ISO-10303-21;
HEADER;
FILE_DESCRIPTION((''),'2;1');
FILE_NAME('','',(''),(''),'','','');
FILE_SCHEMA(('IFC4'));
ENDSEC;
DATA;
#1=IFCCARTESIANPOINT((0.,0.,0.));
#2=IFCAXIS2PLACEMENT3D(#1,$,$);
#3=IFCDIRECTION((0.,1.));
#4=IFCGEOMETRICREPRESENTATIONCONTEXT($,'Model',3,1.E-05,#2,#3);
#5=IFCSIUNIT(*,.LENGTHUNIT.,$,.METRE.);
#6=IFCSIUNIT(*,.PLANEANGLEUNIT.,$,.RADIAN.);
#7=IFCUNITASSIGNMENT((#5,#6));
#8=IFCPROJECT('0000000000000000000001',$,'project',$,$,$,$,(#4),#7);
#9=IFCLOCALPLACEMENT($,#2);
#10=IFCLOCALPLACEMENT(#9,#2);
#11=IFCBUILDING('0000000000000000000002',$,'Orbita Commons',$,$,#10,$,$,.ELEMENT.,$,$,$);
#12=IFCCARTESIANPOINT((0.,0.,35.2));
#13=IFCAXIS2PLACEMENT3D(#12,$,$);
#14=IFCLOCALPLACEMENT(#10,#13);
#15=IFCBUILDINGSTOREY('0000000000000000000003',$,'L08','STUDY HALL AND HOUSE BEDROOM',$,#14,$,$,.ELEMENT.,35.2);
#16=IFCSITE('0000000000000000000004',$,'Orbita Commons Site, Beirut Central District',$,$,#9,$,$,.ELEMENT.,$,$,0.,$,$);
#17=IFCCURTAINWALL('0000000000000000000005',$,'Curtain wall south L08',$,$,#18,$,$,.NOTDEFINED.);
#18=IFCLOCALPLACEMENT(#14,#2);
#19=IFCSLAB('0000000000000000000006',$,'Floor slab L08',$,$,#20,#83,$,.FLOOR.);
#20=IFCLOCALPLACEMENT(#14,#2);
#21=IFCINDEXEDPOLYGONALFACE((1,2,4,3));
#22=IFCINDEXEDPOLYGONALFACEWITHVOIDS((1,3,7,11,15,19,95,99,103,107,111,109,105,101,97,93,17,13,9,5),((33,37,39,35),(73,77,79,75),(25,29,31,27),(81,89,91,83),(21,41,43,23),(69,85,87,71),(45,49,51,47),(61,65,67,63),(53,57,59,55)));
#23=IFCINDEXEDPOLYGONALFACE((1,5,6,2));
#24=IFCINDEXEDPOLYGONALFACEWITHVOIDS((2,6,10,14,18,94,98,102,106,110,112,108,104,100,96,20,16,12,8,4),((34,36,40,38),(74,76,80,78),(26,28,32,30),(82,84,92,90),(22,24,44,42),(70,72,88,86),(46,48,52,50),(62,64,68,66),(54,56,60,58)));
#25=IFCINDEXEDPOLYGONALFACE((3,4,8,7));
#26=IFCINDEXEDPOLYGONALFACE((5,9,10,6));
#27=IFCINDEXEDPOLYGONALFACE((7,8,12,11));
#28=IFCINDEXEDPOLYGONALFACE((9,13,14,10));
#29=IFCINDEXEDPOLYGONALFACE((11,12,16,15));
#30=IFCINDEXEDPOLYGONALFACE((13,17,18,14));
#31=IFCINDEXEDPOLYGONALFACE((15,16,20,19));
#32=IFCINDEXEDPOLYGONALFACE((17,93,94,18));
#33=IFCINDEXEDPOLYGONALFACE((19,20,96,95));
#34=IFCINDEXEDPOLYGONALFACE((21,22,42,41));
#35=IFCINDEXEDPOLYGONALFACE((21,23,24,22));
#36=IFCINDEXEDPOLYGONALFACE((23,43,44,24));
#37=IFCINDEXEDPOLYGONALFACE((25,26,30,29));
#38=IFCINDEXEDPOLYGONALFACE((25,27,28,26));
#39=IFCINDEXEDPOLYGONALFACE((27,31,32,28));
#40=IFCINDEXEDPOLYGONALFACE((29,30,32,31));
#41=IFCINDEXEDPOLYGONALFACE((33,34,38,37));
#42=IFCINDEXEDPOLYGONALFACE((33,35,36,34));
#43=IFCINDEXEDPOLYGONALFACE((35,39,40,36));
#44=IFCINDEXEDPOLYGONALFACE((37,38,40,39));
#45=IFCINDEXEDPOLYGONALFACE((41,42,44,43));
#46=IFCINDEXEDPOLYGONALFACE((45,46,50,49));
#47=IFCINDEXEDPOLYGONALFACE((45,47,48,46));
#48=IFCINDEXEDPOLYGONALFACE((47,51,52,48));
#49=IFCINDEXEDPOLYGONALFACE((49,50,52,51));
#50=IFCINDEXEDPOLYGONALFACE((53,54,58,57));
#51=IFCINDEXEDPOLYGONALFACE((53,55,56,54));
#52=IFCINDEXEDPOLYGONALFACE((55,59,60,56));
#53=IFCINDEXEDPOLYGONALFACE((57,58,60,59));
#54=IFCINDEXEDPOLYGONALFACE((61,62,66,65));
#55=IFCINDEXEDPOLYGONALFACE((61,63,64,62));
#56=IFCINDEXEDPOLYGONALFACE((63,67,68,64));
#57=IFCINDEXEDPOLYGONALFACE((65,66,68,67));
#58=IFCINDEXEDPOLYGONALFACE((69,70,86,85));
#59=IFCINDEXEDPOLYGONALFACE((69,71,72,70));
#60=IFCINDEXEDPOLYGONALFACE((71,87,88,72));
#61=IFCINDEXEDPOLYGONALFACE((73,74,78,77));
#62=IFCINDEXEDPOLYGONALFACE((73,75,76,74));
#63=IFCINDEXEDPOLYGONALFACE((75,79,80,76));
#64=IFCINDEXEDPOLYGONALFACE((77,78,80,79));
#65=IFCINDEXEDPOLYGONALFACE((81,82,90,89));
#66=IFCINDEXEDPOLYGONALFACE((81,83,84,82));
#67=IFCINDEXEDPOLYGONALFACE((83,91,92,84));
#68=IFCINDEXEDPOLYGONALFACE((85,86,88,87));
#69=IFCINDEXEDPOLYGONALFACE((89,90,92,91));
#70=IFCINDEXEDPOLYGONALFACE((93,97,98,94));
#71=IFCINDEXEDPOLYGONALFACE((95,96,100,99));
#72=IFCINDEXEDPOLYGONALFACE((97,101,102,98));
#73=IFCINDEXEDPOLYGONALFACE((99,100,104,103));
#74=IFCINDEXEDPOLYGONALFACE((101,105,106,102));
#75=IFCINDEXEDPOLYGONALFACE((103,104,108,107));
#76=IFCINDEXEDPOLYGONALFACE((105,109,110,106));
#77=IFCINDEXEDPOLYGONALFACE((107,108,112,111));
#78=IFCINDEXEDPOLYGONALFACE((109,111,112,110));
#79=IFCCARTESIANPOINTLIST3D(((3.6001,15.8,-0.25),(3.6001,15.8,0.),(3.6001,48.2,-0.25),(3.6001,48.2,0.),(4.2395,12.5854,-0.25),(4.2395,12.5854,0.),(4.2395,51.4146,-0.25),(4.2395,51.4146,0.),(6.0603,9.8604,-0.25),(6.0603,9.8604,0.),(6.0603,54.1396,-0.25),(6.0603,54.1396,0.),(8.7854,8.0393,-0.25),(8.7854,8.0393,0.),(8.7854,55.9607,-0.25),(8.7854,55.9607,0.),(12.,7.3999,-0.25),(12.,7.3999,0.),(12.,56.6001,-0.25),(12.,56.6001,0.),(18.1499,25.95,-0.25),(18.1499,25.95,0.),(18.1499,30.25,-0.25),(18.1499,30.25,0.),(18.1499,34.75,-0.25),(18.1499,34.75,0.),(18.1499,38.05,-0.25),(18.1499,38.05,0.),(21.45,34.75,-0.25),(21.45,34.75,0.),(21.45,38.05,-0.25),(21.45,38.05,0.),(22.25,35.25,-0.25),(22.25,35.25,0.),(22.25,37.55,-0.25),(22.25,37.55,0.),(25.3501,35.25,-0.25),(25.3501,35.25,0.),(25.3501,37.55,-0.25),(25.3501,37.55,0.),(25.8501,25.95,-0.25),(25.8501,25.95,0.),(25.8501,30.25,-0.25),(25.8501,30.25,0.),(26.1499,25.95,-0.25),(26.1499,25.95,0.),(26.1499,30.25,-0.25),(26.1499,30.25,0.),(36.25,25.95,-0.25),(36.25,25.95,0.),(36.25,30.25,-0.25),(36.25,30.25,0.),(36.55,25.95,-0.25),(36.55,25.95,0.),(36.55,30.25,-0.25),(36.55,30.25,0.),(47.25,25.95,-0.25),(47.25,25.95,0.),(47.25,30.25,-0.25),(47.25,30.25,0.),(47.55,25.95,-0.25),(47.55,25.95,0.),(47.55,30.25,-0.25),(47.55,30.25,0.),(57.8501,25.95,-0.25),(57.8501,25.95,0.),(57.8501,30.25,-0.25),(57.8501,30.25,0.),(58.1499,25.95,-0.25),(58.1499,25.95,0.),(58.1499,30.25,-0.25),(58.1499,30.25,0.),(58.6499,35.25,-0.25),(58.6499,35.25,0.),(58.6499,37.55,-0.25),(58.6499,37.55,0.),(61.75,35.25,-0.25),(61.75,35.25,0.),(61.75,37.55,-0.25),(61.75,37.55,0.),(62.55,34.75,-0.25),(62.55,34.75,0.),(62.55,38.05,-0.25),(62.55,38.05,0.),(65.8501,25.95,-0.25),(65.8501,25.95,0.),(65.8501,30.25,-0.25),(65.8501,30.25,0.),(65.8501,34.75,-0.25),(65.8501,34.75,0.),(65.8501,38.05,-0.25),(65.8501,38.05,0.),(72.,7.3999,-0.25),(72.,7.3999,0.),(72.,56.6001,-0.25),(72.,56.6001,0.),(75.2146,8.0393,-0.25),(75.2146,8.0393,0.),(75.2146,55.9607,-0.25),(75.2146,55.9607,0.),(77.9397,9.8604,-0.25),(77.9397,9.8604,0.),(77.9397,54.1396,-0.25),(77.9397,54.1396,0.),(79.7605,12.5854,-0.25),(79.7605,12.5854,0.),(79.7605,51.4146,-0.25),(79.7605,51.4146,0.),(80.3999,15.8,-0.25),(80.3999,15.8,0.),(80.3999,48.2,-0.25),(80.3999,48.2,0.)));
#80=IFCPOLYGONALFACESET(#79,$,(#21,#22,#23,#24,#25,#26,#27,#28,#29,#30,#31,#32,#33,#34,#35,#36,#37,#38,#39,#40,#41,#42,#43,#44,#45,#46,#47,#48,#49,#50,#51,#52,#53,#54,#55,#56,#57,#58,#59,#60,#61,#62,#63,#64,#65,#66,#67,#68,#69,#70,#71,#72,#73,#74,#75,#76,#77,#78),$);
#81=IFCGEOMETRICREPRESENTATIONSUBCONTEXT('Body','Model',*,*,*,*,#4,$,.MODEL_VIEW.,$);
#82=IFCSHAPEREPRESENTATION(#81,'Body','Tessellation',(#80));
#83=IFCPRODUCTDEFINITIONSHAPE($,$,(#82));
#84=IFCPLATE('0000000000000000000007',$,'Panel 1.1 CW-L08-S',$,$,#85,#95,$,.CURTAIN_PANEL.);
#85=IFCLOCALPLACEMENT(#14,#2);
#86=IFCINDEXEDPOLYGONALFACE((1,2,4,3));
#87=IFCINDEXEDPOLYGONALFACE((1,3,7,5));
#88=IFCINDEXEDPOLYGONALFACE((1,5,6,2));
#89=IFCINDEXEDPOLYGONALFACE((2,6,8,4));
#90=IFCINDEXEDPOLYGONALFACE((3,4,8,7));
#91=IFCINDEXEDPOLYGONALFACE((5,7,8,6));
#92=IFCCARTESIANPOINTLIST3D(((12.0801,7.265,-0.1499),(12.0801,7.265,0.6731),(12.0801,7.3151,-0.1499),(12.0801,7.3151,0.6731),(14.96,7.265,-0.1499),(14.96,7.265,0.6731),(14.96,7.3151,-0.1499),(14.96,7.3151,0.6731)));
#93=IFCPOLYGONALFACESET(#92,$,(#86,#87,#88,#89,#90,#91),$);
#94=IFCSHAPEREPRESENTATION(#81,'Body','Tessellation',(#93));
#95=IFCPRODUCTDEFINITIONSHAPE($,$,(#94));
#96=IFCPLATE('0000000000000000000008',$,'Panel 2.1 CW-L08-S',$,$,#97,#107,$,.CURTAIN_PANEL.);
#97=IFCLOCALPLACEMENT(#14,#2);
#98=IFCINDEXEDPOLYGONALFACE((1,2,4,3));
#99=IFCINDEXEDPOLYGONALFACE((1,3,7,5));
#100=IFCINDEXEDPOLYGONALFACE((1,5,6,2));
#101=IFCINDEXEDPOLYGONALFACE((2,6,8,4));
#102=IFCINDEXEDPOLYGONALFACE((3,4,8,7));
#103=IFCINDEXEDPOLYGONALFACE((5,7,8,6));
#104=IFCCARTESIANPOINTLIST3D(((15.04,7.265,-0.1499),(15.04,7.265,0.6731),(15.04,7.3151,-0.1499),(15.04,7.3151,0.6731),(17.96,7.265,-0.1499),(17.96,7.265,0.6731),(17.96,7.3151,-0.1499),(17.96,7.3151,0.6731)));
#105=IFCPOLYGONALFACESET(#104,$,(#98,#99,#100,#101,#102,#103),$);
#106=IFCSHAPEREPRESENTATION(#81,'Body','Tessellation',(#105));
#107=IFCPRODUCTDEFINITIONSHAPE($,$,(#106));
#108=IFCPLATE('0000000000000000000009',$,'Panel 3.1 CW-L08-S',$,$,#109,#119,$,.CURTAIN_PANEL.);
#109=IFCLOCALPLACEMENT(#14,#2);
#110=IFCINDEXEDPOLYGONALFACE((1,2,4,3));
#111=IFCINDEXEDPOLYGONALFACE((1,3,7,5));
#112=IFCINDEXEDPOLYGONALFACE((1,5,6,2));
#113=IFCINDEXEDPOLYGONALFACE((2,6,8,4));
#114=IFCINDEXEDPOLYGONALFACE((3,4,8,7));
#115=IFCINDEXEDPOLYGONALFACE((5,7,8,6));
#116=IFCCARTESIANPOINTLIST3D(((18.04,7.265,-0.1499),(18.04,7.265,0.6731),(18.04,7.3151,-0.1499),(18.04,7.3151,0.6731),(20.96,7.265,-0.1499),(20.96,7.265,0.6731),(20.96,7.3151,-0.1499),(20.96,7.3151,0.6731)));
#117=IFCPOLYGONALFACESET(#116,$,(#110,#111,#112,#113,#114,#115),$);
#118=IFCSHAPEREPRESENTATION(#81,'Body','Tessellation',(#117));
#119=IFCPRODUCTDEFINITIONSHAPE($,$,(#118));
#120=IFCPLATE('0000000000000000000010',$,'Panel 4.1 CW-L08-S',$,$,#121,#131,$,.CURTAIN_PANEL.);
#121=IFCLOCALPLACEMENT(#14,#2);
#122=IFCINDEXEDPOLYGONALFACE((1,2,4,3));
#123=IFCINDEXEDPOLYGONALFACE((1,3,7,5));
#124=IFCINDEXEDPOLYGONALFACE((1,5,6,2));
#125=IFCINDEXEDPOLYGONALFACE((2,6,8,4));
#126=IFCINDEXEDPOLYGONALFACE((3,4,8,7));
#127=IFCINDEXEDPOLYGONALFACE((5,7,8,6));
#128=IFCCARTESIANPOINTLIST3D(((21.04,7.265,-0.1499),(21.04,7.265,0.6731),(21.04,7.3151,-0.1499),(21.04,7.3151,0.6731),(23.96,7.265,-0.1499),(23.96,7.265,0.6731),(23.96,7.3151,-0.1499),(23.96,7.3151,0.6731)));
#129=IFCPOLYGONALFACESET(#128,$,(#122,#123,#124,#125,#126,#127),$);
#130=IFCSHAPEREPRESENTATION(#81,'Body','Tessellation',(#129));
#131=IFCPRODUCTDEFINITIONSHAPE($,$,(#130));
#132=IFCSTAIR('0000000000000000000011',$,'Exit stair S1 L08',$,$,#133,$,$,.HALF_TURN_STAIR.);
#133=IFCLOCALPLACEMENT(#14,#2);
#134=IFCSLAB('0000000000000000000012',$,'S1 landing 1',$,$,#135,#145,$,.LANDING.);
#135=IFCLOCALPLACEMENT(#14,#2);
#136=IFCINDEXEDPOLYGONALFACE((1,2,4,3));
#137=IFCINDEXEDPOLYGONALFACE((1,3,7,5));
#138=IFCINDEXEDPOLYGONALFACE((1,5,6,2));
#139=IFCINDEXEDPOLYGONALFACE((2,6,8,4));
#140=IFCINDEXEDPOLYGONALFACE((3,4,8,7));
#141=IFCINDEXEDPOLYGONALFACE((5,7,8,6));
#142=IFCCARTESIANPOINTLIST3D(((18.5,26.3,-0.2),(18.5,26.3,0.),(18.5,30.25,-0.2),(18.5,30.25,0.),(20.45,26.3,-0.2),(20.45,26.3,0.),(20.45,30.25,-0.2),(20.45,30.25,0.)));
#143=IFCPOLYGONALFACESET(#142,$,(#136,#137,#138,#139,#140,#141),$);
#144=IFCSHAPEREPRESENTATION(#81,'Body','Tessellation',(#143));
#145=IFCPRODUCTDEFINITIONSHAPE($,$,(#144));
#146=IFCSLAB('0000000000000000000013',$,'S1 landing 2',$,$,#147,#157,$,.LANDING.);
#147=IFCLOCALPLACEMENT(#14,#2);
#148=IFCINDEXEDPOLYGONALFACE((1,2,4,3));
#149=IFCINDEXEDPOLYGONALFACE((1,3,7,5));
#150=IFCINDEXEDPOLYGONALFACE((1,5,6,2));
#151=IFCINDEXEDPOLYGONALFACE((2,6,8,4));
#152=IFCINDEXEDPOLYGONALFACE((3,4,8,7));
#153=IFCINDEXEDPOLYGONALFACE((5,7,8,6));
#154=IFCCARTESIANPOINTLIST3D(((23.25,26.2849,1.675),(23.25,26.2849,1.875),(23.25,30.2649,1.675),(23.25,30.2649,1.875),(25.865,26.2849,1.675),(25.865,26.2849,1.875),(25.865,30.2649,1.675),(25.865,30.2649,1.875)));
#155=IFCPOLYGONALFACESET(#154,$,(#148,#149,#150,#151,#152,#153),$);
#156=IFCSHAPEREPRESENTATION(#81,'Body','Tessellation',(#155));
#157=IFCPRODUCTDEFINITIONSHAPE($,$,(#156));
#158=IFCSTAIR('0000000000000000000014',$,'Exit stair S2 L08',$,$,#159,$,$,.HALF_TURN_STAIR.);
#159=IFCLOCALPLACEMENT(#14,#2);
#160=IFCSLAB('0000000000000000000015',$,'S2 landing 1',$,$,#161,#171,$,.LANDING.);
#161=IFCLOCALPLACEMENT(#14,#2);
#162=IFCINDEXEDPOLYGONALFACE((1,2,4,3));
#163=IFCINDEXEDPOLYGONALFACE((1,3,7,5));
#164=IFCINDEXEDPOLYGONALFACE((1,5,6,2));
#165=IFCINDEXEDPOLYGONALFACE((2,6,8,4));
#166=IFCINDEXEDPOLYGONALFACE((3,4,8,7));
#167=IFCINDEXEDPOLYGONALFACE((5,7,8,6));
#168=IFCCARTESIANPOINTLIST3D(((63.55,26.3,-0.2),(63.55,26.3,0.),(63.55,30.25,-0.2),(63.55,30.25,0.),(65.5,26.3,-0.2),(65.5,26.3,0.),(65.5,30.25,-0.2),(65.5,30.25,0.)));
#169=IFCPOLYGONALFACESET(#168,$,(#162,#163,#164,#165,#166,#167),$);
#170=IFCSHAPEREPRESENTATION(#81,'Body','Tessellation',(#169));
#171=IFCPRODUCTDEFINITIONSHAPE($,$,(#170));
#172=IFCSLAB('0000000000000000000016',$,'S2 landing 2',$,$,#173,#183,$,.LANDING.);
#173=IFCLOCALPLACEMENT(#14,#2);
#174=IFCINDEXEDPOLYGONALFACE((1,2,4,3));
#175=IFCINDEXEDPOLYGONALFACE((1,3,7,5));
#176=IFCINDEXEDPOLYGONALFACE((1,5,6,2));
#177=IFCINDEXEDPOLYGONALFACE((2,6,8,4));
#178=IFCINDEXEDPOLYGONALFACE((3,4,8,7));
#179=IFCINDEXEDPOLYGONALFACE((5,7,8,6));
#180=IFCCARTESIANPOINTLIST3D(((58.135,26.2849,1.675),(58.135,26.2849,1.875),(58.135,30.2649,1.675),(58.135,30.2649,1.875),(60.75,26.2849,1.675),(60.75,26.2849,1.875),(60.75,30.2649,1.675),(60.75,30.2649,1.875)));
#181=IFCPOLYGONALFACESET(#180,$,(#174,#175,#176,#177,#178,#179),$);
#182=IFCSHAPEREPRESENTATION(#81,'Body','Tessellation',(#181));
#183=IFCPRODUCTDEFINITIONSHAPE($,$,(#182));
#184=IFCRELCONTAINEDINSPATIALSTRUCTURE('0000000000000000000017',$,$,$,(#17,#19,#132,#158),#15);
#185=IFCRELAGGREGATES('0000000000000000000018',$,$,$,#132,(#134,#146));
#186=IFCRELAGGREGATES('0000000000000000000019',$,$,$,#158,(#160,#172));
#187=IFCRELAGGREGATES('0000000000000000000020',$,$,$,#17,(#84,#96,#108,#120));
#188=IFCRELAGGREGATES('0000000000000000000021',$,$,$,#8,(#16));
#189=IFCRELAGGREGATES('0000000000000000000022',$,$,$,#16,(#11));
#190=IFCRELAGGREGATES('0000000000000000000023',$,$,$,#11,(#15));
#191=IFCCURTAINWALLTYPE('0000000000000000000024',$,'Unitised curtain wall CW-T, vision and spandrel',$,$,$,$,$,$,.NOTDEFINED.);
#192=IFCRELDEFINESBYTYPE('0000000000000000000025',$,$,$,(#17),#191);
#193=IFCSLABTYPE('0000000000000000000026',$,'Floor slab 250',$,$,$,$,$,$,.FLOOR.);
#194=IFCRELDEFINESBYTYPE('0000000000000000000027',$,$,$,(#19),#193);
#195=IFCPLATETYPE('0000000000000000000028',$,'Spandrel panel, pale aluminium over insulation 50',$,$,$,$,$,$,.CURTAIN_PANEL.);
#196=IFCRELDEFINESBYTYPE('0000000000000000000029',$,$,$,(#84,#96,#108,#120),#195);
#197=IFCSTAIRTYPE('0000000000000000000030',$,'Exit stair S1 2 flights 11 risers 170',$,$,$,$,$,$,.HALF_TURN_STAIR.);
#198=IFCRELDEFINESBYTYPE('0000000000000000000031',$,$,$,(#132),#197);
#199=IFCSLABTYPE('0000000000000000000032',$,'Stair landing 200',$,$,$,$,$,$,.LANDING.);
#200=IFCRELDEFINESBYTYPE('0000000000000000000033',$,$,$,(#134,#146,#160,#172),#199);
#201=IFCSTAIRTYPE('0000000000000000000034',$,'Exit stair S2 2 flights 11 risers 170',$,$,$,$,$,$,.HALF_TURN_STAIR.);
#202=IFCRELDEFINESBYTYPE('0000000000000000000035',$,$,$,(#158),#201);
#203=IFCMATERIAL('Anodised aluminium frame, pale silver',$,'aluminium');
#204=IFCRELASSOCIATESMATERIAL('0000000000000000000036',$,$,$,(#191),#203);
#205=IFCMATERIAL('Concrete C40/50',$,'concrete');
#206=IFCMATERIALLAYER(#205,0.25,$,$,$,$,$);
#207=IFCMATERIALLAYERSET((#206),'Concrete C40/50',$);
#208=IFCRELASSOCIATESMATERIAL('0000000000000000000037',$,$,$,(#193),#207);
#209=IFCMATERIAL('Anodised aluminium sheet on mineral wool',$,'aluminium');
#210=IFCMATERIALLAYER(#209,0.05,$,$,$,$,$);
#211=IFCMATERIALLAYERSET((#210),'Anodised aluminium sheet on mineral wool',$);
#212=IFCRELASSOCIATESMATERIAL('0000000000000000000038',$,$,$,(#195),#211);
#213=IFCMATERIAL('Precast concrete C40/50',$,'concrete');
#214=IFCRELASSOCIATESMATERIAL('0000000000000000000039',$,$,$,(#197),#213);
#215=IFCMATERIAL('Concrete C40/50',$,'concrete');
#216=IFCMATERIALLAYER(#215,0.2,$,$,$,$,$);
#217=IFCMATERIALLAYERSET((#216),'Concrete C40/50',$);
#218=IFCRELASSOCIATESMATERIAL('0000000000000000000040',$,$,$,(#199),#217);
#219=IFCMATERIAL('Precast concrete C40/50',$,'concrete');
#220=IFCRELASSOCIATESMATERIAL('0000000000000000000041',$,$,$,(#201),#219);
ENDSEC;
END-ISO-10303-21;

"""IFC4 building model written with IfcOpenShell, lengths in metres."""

from ifc_helpers import new_model, si_unit, direction, frame, origin, origin_2d, place, context, subcontext, project, spatial, polyline, rectangle, outline, extrude, material, layer, layer_set, type_object, element, aggregate, save


model = new_model("IFC4")

# Units and contexts
model_context = context("Model", 3, precision=1e-05, world=origin(), true_north=direction((0.0, 1.0)))
body_context = subcontext(model_context, "Body", "Model", "MODEL_VIEW")
ifc_project = project(units=[si_unit("LENGTHUNIT", "METRE"), si_unit("PLANEANGLEUNIT", "RADIAN")], contexts=[model_context])

# Site, building, storey
site_placement = place(None, origin())
site = spatial("IfcSite", under=ifc_project, at=site_placement, Name="Orbita Commons Site, Beirut Central District", CompositionType="ELEMENT", RefElevation=0.0)
building_placement = place(site_placement, origin())
building = spatial("IfcBuilding", under=site, at=building_placement, Name="Orbita Commons", CompositionType="ELEMENT")
storey_placement = place(building_placement, frame((0.0, 0.0, 35.2)))
storey = spatial("IfcBuildingStorey", under=building, at=storey_placement, Name="L08", Description="STUDY HALL AND HOUSE BEDROOM", CompositionType="ELEMENT", Elevation=35.2)

# Curtain wall
ifc_material_1 = material(Name="Anodised aluminium frame, pale silver", Category="aluminium")
curtain_wall_type = type_object("IfcCurtainWallType", Name="Unitised curtain wall CW-T, vision and spandrel", PredefinedType="NOTDEFINED", material=ifc_material_1)
curtain_wall_placement = place(storey_placement, origin())
curtain_wall = element("IfcCurtainWall", 1, at=curtain_wall_placement, inside=storey, type_object=curtain_wall_type, Name="Curtain wall south L08", PredefinedType="NOTDEFINED")

# Slab
ifc_material_2 = material(Name="Concrete C40/50", Category="concrete")
ifc_layer_1 = layer(ifc_material_2, 0.25)
ifc_layer_set_1 = layer_set([ifc_layer_1], Name="Concrete C40/50")
slab_type_1 = type_object("IfcSlabType", Name="Floor slab 250", PredefinedType="FLOOR", material=ifc_layer_set_1)
slab_1_placement = place(storey_placement, frame((0.0, 0.0, -0.25)))
element("IfcSlab", 2, at=slab_1_placement, inside=storey, type_object=slab_type_1, Name="Floor slab L08", PredefinedType="FLOOR", context=body_context, shape_type="SweptSolid", body=[
    extrude(outline(polyline([(72.0, 7.3999), (75.2146, 8.0393), (77.9397, 9.8604), (79.7605, 12.5854), (80.3999, 15.8), (80.3999, 48.2), (79.7605, 51.4146), (77.9397, 54.1396), (75.2146, 55.9607), (72.0, 56.6001), (12.0, 56.6001), (8.7854, 55.9607), (6.0603, 54.1396), (4.2395, 51.4146), (3.6001, 48.2), (3.6001, 15.8), (4.2395, 12.5854), (6.0603, 9.8604), (8.7854, 8.0393), (12.0, 7.3999), (72.0, 7.3999)]), holes=[polyline([(18.1499, 25.95), (25.8501, 25.95), (25.8501, 30.25), (18.1499, 30.25), (18.1499, 25.95)]), polyline([(58.1499, 25.95), (65.8501, 25.95), (65.8501, 30.25), (58.1499, 30.25), (58.1499, 25.95)]), polyline([(18.1499, 34.75), (21.45, 34.75), (21.45, 38.05), (18.1499, 38.05), (18.1499, 34.75)]), polyline([(62.55, 34.75), (65.8501, 34.75), (65.8501, 38.05), (62.55, 38.05), (62.55, 34.75)]), polyline([(22.25, 35.25), (25.3501, 35.25), (25.3501, 37.55), (22.25, 37.55), (22.25, 35.25)]), polyline([(58.6499, 35.25), (61.75, 35.25), (61.75, 37.55), (58.6499, 37.55), (58.6499, 35.25)]), polyline([(26.1499, 25.95), (36.25, 25.95), (36.25, 30.25), (26.1499, 30.25), (26.1499, 25.95)]), polyline([(36.55, 25.95), (47.25, 25.95), (47.25, 30.25), (36.55, 30.25), (36.55, 25.95)]), polyline([(47.55, 25.95), (57.8501, 25.95), (57.8501, 30.25), (47.55, 30.25), (47.55, 25.95)])]), origin(), (0.0, 0.0, 1.0), 0.25),
])

# Plates
ifc_material_3 = material(Name="Anodised aluminium sheet on mineral wool", Category="aluminium")
ifc_layer_2 = layer(ifc_material_3, 0.05)
ifc_layer_set_2 = layer_set([ifc_layer_2], Name="Anodised aluminium sheet on mineral wool")
plate_type_1 = type_object("IfcPlateType", Name="Spandrel panel, pale aluminium over insulation 50", PredefinedType="CURTAIN_PANEL", material=ifc_layer_set_2)
plate_1_placement = place(storey_placement, frame((13.52, 7.29, -0.1499), z_axis=(0.0, 0.0, 1.0), x_axis=(1.0, 0.0, 0.0)))
plate_1 = element("IfcPlate", 3, at=plate_1_placement, type_object=plate_type_1, Name="Panel 1.1 CW-L08-S", PredefinedType="CURTAIN_PANEL", context=body_context, shape_type="SweptSolid", body=[
    extrude(rectangle(XDim=2.8799, YDim=0.05, at=origin_2d()), origin(), (0.0, 0.0, 1.0), 0.823),
])
plate_2_placement = place(storey_placement, frame((16.5, 7.29, -0.1499), z_axis=(0.0, 0.0, 1.0), x_axis=(1.0, 0.0, 0.0)))
plate_2 = element("IfcPlate", 4, at=plate_2_placement, type_object=plate_type_1, Name="Panel 2.1 CW-L08-S", PredefinedType="CURTAIN_PANEL", context=body_context, shape_type="SweptSolid", body=[
    extrude(rectangle(XDim=2.9199, YDim=0.05, at=origin_2d()), origin(), (0.0, 0.0, 1.0), 0.823),
])
plate_3_placement = place(storey_placement, frame((19.5, 7.29, -0.1499), z_axis=(0.0, 0.0, 1.0), x_axis=(1.0, 0.0, 0.0)))
plate_3 = element("IfcPlate", 5, at=plate_3_placement, type_object=plate_type_1, Name="Panel 3.1 CW-L08-S", PredefinedType="CURTAIN_PANEL", context=body_context, shape_type="SweptSolid", body=[
    extrude(rectangle(XDim=2.9199, YDim=0.05, at=origin_2d()), origin(), (0.0, 0.0, 1.0), 0.823),
])
plate_4_placement = place(storey_placement, frame((22.5, 7.29, -0.1499), z_axis=(0.0, 0.0, 1.0), x_axis=(1.0, 0.0, 0.0)))
plate_4 = element("IfcPlate", 6, at=plate_4_placement, type_object=plate_type_1, Name="Panel 4.1 CW-L08-S", PredefinedType="CURTAIN_PANEL", context=body_context, shape_type="SweptSolid", body=[
    extrude(rectangle(XDim=2.9199, YDim=0.05, at=origin_2d()), origin(), (0.0, 0.0, 1.0), 0.823),
])

# Stairs, slabs
ifc_material_4 = material(Name="Precast concrete C40/50", Category="concrete")
stair_type_1 = type_object("IfcStairType", Name="Exit stair S1 2 flights 11 risers 170", PredefinedType="HALF_TURN_STAIR", material=ifc_material_4)
stair_1_placement = place(storey_placement, origin())
stair_1 = element("IfcStair", 7, at=stair_1_placement, inside=storey, type_object=stair_type_1, Name="Exit stair S1 L08", PredefinedType="HALF_TURN_STAIR")
ifc_material_5 = material(Name="Concrete C40/50", Category="concrete")
ifc_layer_3 = layer(ifc_material_5, 0.2)
ifc_layer_set_3 = layer_set([ifc_layer_3], Name="Concrete C40/50")
slab_type_2 = type_object("IfcSlabType", Name="Stair landing 200", PredefinedType="LANDING", material=ifc_layer_set_3)
slab_2_placement = place(storey_placement, frame((0.0, 0.0, -0.2)))
slab_2 = element("IfcSlab", 8, at=slab_2_placement, type_object=slab_type_2, Name="S1 landing 1", PredefinedType="LANDING", context=body_context, shape_type="SweptSolid", body=[
    extrude(outline(polyline([(18.5, 26.3), (20.45, 26.3), (20.45, 30.25), (18.5, 30.25), (18.5, 26.3)])), origin(), (0.0, 0.0, 1.0), 0.2),
])
slab_3_placement = place(storey_placement, frame((0.0, 0.0, 1.675)))
slab_3 = element("IfcSlab", 9, at=slab_3_placement, type_object=slab_type_2, Name="S1 landing 2", PredefinedType="LANDING", context=body_context, shape_type="SweptSolid", body=[
    extrude(outline(polyline([(23.25, 26.2849), (25.865, 26.2849), (25.865, 30.2649), (23.25, 30.2649), (23.25, 26.2849)])), origin(), (0.0, 0.0, 1.0), 0.2),
])
aggregate(stair_1, [slab_2, slab_3])
ifc_material_6 = material(Name="Precast concrete C40/50", Category="concrete")
stair_type_2 = type_object("IfcStairType", Name="Exit stair S2 2 flights 11 risers 170", PredefinedType="HALF_TURN_STAIR", material=ifc_material_6)
stair_2_placement = place(storey_placement, origin())
stair_2 = element("IfcStair", 10, at=stair_2_placement, inside=storey, type_object=stair_type_2, Name="Exit stair S2 L08", PredefinedType="HALF_TURN_STAIR")
slab_4_placement = place(storey_placement, frame((0.0, 0.0, -0.2)))
slab_4 = element("IfcSlab", 11, at=slab_4_placement, type_object=slab_type_2, Name="S2 landing 1", PredefinedType="LANDING", context=body_context, shape_type="SweptSolid", body=[
    extrude(outline(polyline([(63.55, 26.3), (65.5, 26.3), (65.5, 30.25), (63.55, 30.25), (63.55, 26.3)])), origin(), (0.0, 0.0, 1.0), 0.2),
])
slab_5_placement = place(storey_placement, frame((0.0, 0.0, 1.675)))
slab_5 = element("IfcSlab", 12, at=slab_5_placement, type_object=slab_type_2, Name="S2 landing 2", PredefinedType="LANDING", context=body_context, shape_type="SweptSolid", body=[
    extrude(outline(polyline([(58.135, 26.2849), (60.75, 26.2849), (60.75, 30.2649), (58.135, 30.2649), (58.135, 26.2849)])), origin(), (0.0, 0.0, 1.0), 0.2),
])
aggregate(stair_2, [slab_4, slab_5])

aggregate(curtain_wall, [plate_1, plate_2, plate_3, plate_4])

save(model, "model.ifc")
